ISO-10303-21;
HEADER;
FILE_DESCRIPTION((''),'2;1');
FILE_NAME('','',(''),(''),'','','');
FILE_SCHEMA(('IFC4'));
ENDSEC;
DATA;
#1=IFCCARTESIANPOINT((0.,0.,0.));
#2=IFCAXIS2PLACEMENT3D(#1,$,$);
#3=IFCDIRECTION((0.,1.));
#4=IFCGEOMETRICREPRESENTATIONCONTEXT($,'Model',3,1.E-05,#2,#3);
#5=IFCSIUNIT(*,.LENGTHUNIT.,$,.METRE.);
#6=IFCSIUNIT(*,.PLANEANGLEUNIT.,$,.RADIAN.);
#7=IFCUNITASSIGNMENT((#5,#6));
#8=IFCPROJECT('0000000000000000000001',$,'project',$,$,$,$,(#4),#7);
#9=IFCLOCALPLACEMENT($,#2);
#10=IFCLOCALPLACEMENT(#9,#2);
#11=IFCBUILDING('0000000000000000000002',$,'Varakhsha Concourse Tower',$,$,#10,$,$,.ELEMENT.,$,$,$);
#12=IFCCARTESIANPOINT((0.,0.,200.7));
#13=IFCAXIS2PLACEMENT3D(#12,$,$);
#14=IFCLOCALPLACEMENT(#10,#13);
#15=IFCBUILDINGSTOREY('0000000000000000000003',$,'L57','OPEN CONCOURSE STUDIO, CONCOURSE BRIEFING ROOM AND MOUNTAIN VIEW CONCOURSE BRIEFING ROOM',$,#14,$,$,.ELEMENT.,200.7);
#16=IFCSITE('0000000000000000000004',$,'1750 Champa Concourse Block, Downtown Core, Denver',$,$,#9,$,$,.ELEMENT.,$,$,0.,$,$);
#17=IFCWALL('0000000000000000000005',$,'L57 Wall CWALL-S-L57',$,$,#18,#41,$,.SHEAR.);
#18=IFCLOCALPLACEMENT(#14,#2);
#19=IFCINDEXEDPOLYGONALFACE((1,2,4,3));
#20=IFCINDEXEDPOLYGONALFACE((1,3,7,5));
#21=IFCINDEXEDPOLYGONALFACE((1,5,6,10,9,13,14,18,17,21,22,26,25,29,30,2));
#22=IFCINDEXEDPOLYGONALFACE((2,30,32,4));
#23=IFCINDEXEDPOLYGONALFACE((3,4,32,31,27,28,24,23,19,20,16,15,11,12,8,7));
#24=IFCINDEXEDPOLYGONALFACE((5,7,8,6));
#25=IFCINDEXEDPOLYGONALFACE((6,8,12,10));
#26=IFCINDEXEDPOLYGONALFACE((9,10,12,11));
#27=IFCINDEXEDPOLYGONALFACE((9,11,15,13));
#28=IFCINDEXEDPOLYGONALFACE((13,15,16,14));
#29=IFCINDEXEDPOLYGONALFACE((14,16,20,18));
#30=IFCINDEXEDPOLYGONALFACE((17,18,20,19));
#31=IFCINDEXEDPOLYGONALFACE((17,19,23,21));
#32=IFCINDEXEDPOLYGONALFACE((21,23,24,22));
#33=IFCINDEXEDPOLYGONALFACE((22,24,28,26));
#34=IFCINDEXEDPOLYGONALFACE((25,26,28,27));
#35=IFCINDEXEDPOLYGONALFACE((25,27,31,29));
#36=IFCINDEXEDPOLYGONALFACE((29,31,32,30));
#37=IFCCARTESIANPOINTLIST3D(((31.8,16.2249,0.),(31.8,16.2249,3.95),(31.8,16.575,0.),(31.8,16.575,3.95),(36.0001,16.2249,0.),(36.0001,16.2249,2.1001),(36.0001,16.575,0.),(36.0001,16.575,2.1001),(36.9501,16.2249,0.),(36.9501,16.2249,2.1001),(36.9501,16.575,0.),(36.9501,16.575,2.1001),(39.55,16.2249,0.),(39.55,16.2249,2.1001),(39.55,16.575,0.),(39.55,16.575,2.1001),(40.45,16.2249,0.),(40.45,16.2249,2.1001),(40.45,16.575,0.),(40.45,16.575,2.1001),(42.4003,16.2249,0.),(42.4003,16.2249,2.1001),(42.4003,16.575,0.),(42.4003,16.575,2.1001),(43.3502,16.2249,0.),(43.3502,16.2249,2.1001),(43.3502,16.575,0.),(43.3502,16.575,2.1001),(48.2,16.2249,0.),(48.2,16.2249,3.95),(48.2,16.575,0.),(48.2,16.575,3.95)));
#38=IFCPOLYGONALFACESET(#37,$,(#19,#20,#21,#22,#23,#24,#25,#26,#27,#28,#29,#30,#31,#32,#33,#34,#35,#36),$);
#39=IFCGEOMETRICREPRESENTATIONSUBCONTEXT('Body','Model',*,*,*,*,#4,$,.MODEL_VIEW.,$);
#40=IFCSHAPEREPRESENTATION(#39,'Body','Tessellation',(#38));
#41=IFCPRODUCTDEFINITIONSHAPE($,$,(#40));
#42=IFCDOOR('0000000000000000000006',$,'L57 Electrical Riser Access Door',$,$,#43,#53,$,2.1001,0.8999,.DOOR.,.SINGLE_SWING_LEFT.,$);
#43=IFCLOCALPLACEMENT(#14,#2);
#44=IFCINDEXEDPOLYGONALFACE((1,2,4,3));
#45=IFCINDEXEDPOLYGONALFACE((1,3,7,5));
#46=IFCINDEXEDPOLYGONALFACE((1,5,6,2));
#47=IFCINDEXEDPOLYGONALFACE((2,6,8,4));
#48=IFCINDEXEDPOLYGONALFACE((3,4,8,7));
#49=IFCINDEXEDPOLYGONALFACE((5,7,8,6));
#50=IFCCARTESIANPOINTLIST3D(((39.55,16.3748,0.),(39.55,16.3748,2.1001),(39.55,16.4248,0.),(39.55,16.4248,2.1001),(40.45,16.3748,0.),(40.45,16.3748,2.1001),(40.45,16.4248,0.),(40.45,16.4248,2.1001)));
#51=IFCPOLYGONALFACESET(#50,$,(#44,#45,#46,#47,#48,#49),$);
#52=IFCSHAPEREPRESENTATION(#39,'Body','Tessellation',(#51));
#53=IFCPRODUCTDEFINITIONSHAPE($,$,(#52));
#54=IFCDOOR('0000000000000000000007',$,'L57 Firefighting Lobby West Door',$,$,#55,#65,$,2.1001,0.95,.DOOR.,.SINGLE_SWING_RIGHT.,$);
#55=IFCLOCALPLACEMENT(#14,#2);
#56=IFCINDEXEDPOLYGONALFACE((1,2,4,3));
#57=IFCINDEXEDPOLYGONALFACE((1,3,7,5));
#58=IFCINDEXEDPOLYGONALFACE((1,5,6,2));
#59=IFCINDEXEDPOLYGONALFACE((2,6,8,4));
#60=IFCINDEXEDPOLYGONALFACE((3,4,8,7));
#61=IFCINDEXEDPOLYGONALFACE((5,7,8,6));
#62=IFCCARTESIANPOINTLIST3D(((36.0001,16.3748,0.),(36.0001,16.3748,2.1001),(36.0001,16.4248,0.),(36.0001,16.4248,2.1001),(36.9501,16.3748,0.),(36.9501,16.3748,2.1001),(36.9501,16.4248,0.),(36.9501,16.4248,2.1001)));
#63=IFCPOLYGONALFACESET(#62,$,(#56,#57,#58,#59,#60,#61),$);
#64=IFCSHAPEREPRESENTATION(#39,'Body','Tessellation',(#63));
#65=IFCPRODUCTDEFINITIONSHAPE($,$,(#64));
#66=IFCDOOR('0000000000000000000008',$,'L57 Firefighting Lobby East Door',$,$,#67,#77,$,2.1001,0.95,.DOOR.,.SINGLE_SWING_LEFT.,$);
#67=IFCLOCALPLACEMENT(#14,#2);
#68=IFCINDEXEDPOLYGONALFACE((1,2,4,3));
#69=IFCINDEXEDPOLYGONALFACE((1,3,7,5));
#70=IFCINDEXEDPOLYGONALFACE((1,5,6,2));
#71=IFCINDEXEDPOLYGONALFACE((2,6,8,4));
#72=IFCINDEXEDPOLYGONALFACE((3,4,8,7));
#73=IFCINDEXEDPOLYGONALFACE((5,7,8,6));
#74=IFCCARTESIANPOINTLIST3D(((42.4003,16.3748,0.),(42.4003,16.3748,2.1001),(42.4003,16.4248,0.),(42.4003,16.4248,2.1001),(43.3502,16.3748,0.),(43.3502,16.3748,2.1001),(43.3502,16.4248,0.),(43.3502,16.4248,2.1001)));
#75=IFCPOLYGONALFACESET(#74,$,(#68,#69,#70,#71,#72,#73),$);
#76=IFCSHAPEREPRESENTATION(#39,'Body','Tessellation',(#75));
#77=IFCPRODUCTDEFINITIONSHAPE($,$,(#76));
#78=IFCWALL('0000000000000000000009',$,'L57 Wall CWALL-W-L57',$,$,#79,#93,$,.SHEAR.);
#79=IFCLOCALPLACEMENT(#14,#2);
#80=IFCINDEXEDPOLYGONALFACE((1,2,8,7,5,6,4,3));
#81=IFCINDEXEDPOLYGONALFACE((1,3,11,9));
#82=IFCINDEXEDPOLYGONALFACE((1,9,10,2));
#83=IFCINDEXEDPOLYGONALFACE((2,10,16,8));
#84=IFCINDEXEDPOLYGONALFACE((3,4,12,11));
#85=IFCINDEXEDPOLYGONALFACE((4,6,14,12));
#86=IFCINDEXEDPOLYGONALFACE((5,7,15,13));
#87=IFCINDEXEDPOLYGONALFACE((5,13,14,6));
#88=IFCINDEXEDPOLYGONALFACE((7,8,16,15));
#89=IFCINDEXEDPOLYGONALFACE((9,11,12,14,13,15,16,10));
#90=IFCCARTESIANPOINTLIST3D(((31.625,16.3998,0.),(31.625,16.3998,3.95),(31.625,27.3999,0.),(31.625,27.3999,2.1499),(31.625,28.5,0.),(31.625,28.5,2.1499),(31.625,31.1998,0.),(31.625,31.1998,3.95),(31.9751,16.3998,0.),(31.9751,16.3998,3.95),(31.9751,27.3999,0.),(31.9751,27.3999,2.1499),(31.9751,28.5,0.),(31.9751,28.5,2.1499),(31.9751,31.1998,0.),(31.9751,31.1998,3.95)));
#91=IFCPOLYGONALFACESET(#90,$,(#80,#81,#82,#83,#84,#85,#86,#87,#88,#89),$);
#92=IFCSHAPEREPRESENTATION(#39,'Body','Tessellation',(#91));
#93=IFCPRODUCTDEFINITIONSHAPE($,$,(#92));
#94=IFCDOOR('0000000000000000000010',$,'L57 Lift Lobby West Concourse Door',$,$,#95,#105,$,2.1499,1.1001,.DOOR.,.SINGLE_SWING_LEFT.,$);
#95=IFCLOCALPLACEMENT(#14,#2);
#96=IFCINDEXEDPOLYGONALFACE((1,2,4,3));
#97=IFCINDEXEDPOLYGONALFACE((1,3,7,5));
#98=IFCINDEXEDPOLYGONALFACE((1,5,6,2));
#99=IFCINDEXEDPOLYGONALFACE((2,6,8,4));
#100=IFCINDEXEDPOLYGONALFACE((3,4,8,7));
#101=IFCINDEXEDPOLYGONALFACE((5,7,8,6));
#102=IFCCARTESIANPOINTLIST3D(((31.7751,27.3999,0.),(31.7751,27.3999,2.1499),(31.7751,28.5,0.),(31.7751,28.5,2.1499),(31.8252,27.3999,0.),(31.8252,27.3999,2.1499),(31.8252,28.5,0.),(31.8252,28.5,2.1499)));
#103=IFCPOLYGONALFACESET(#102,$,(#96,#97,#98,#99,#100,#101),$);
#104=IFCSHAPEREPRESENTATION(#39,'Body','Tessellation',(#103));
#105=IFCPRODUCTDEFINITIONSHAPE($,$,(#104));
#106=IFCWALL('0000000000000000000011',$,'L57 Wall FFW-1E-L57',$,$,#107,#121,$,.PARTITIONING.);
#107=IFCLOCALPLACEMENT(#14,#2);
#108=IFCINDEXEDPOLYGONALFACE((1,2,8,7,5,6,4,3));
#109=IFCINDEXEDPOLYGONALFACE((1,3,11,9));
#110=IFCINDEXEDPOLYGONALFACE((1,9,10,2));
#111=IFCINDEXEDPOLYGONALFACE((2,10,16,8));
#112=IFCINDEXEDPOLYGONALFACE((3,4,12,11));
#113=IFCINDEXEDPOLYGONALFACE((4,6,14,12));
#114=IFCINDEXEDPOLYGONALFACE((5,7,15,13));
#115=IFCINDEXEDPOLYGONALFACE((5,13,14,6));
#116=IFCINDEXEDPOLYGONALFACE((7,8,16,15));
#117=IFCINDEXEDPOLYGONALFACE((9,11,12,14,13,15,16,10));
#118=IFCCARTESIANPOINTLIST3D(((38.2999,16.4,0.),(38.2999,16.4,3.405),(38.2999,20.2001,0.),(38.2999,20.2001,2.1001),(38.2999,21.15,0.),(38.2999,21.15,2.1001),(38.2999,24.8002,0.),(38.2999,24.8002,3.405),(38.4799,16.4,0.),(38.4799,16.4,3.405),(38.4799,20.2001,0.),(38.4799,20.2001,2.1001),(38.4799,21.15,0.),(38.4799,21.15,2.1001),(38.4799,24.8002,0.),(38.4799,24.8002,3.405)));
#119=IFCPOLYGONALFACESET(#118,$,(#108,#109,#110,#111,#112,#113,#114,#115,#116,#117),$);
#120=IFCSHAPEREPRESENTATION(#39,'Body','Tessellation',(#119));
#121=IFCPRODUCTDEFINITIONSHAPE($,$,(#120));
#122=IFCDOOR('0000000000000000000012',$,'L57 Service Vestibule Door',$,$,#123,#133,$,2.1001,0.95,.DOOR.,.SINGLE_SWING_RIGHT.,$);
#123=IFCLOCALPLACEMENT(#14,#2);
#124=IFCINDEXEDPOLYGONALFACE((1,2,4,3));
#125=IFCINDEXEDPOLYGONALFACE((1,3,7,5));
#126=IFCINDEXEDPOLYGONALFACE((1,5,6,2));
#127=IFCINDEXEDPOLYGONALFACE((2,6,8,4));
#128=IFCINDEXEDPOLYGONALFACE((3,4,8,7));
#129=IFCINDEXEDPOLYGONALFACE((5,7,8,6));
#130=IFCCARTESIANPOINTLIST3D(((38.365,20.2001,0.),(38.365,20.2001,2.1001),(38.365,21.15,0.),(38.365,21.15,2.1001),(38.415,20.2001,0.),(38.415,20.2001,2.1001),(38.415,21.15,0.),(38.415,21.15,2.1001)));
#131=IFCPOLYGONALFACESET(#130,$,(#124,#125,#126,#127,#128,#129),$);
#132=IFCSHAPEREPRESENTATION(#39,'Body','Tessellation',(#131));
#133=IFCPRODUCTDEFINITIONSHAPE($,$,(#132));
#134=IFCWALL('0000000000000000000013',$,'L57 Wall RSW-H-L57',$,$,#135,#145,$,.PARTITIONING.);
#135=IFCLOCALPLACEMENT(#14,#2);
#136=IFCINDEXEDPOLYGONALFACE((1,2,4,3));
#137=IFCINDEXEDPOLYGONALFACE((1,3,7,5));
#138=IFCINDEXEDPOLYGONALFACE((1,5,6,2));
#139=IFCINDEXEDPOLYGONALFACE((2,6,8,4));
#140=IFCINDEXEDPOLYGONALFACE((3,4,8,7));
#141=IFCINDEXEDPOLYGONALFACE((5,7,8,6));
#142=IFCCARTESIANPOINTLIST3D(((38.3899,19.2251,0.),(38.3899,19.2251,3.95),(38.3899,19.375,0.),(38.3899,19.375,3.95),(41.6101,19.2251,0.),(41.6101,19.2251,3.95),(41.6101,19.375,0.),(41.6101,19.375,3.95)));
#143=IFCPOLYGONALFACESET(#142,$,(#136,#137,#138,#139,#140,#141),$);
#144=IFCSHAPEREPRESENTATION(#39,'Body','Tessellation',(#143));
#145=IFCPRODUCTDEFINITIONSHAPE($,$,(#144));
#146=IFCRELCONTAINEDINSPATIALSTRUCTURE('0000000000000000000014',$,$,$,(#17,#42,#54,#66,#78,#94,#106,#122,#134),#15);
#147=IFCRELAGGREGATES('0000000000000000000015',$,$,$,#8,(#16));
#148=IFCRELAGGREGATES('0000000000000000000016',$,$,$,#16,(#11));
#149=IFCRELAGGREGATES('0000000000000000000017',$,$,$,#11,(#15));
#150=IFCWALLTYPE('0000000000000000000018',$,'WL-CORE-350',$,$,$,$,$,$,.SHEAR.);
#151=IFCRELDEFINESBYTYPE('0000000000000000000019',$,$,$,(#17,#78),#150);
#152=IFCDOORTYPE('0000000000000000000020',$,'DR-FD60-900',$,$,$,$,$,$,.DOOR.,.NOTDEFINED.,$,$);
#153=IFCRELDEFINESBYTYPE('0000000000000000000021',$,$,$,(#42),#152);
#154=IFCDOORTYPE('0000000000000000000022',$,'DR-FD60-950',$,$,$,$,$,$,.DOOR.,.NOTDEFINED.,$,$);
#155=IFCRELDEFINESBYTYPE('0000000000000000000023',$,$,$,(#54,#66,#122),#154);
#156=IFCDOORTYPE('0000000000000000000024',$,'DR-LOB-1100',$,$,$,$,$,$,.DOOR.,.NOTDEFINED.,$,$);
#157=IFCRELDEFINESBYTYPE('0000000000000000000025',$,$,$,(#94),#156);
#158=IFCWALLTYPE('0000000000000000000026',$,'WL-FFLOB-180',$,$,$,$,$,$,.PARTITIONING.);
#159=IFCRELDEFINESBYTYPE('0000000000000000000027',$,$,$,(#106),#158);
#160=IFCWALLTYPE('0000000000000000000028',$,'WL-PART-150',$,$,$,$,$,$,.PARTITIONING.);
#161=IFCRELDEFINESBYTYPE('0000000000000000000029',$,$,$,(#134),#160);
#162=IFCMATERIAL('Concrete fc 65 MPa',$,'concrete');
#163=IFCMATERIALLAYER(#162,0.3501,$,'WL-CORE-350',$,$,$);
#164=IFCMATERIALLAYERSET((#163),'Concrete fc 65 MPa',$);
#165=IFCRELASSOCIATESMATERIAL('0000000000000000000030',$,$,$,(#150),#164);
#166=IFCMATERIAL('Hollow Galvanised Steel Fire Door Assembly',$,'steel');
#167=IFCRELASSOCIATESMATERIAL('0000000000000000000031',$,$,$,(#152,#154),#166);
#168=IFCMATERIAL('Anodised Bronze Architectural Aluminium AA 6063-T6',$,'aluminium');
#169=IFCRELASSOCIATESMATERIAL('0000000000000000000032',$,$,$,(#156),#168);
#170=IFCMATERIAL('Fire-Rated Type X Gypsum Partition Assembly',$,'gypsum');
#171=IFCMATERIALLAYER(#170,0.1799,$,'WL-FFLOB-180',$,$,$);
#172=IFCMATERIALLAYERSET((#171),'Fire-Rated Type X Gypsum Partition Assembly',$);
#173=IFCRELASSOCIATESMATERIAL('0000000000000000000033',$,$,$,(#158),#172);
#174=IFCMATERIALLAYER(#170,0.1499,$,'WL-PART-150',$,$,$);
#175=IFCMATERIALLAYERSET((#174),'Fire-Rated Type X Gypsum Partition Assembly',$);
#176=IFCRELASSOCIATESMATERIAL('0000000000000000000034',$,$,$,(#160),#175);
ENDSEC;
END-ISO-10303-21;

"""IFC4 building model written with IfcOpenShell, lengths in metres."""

from ifc_helpers import new_model, si_unit, direction, frame, frame_2d, origin, place, context, subcontext, project, spatial, rectangle, extrude, material, layer, layer_set, type_object, element, fill, save


model = new_model("IFC4")

# Units and contexts
model_context = context("Model", 3, precision=1e-05, world=origin(), true_north=direction((0.0, 1.0)))
body_context = subcontext(model_context, "Body", "Model", "MODEL_VIEW")
ifc_project = project(units=[si_unit("LENGTHUNIT", "METRE"), si_unit("PLANEANGLEUNIT", "RADIAN")], contexts=[model_context])

# Site, building, storey
site_placement = place(None, origin())
site = spatial("IfcSite", under=ifc_project, at=site_placement, Name="1750 Champa Concourse Block, Downtown Core, Denver", CompositionType="ELEMENT", RefElevation=0.0)
building_placement = place(site_placement, origin())
building = spatial("IfcBuilding", under=site, at=building_placement, Name="Varakhsha Concourse Tower", CompositionType="ELEMENT")
storey_placement = place(building_placement, frame((0.0, 0.0, 200.7)))
storey = spatial("IfcBuildingStorey", under=building, at=storey_placement, Name="L57", Description="OPEN CONCOURSE STUDIO, CONCOURSE BRIEFING ROOM AND MOUNTAIN VIEW CONCOURSE BRIEFING ROOM", CompositionType="ELEMENT", Elevation=200.7)

# Shared definitions
ifc_material_1 = material(Name="Anodised Bronze Architectural Aluminium AA 6063-T6", Category="aluminium")

# Wall, openings, doors
ifc_material_2 = material(Name="Concrete fc 65 MPa", Category="concrete")
ifc_layer_1 = layer(ifc_material_2, 0.3501, Name="WL-CORE-350")
ifc_layer_set_1 = layer_set([ifc_layer_1], Name="Concrete fc 65 MPa")
wall_type_1 = type_object("IfcWallType", Name="WL-CORE-350", PredefinedType="SHEAR", material=ifc_layer_set_1)
wall_1_placement = place(storey_placement, frame((31.8, 16.3999, 0.0), z_axis=(0.0, 0.0, 1.0), x_axis=(1.0, 0.0, 0.0)))
wall_1 = element("IfcWall", 1, at=wall_1_placement, inside=storey, type_object=wall_type_1, Name="L57 Wall CWALL-S-L57", PredefinedType="SHEAR", context=body_context, shape_type="SweptSolid", body=[
    extrude(rectangle(XDim=16.3999, YDim=0.3501, at=frame_2d((8.2, 0.0))), origin(), (0.0, 0.0, 1.0), 3.95),
])
opening_1_placement = place(wall_1_placement, frame((7.75, 0.0, 0.0)))
opening_1 = element("IfcOpeningElement", 2, at=opening_1_placement, cuts=wall_1, PredefinedType="OPENING", context=body_context, shape_type="SweptSolid", body=[
    extrude(rectangle(XDim=0.8999, YDim=2.1001, at=frame_2d((0.45, 1.05))), frame((0.0, 0.1851, 0.0), z_axis=(0.0, -1.0, 0.0), x_axis=(1.0, 0.0, 0.0)), (0.0, 0.0, 1.0), 0.3701),
])
opening_2_placement = place(wall_1_placement, frame((4.2, 0.0, 0.0)))
opening_2 = element("IfcOpeningElement", 3, at=opening_2_placement, cuts=wall_1, PredefinedType="OPENING", context=body_context, shape_type="SweptSolid", body=[
    extrude(rectangle(XDim=0.95, YDim=2.1001, at=frame_2d((0.4751, 1.05))), frame((0.0, 0.1851, 0.0), z_axis=(0.0, -1.0, 0.0), x_axis=(1.0, 0.0, 0.0)), (0.0, 0.0, 1.0), 0.3701),
])
opening_3_placement = place(wall_1_placement, frame((10.6001, 0.0, 0.0)))
opening_3 = element("IfcOpeningElement", 4, at=opening_3_placement, cuts=wall_1, PredefinedType="OPENING", context=body_context, shape_type="SweptSolid", body=[
    extrude(rectangle(XDim=0.95, YDim=2.1001, at=frame_2d((0.4751, 1.05))), frame((0.0, 0.1851, 0.0), z_axis=(0.0, -1.0, 0.0), x_axis=(1.0, 0.0, 0.0)), (0.0, 0.0, 1.0), 0.3701),
])
ifc_material_3 = material(Name="Hollow Galvanised Steel Fire Door Assembly", Category="steel")
door_type_1 = type_object("IfcDoorType", Name="DR-FD60-900", OperationType="NOTDEFINED", PredefinedType="DOOR", material=ifc_material_3)
door_1_placement = place(opening_1_placement, origin())
door_1 = element("IfcDoor", 5, at=door_1_placement, inside=storey, type_object=door_type_1, Name="L57 Electrical Riser Access Door", OperationType="SINGLE_SWING_LEFT", OverallHeight=2.1001, OverallWidth=0.8999, PredefinedType="DOOR", context=body_context, shape_type="SweptSolid", body=[
    extrude(rectangle(XDim=0.8999, YDim=2.1001, at=frame_2d((0.45, 1.05))), frame((0.0, 0.0249, 0.0), z_axis=(0.0, -1.0, 0.0), x_axis=(1.0, 0.0, 0.0)), (0.0, 0.0, 1.0), 0.05),
])
fill(opening_1, door_1)
door_type_2 = type_object("IfcDoorType", Name="DR-FD60-950", OperationType="NOTDEFINED", PredefinedType="DOOR", material=ifc_material_3)
door_2_placement = place(opening_2_placement, origin())
door_2 = element("IfcDoor", 6, at=door_2_placement, inside=storey, type_object=door_type_2, Name="L57 Firefighting Lobby West Door", OperationType="SINGLE_SWING_RIGHT", OverallHeight=2.1001, OverallWidth=0.95, PredefinedType="DOOR", context=body_context, shape_type="SweptSolid", body=[
    extrude(rectangle(XDim=0.95, YDim=2.1001, at=frame_2d((0.4751, 1.05))), frame((0.0, 0.0249, 0.0), z_axis=(0.0, -1.0, 0.0), x_axis=(1.0, 0.0, 0.0)), (0.0, 0.0, 1.0), 0.05),
])
fill(opening_2, door_2)
door_3_placement = place(opening_3_placement, origin())
door_3 = element("IfcDoor", 7, at=door_3_placement, inside=storey, type_object=door_type_2, Name="L57 Firefighting Lobby East Door", OperationType="SINGLE_SWING_LEFT", OverallHeight=2.1001, OverallWidth=0.95, PredefinedType="DOOR", context=body_context, shape_type="SweptSolid", body=[
    extrude(rectangle(XDim=0.95, YDim=2.1001, at=frame_2d((0.4751, 1.05))), frame((0.0, 0.0249, 0.0), z_axis=(0.0, -1.0, 0.0), x_axis=(1.0, 0.0, 0.0)), (0.0, 0.0, 1.0), 0.05),
])
fill(opening_3, door_3)

# Walls, openings, doors
wall_2_placement = place(storey_placement, frame((31.8, 16.3999, 0.0), z_axis=(0.0, 0.0, 1.0), x_axis=(0.0, 1.0, 0.0)))
wall_2 = element("IfcWall", 8, at=wall_2_placement, inside=storey, type_object=wall_type_1, Name="L57 Wall CWALL-W-L57", PredefinedType="SHEAR", context=body_context, shape_type="SweptSolid", body=[
    extrude(rectangle(XDim=14.8, YDim=0.3501, at=frame_2d((7.3999, 0.0))), origin(), (0.0, 0.0, 1.0), 3.95),
])
opening_4_placement = place(wall_2_placement, frame((11.0, 0.0, 0.0)))
opening_4 = element("IfcOpeningElement", 9, at=opening_4_placement, cuts=wall_2, PredefinedType="OPENING", context=body_context, shape_type="SweptSolid", body=[
    extrude(rectangle(XDim=1.1001, YDim=2.1499, at=frame_2d((0.55, 1.075))), frame((0.0, 0.1851, 0.0), z_axis=(0.0, -1.0, 0.0), x_axis=(1.0, 0.0, 0.0)), (0.0, 0.0, 1.0), 0.3701),
])
door_type_3 = type_object("IfcDoorType", Name="DR-LOB-1100", OperationType="NOTDEFINED", PredefinedType="DOOR", material=ifc_material_1)
door_4_placement = place(opening_4_placement, origin())
door_4 = element("IfcDoor", 10, at=door_4_placement, inside=storey, type_object=door_type_3, Name="L57 Lift Lobby West Concourse Door", OperationType="SINGLE_SWING_LEFT", OverallHeight=2.1499, OverallWidth=1.1001, PredefinedType="DOOR", context=body_context, shape_type="SweptSolid", body=[
    extrude(rectangle(XDim=1.1001, YDim=2.1499, at=frame_2d((0.55, 1.075))), frame((0.0, 0.0249, 0.0), z_axis=(0.0, -1.0, 0.0), x_axis=(1.0, 0.0, 0.0)), (0.0, 0.0, 1.0), 0.05),
])
fill(opening_4, door_4)
ifc_material_4 = material(Name="Fire-Rated Type X Gypsum Partition Assembly", Category="gypsum")
ifc_layer_2 = layer(ifc_material_4, 0.1799, Name="WL-FFLOB-180")
ifc_layer_set_2 = layer_set([ifc_layer_2], Name="Fire-Rated Type X Gypsum Partition Assembly")
wall_type_2 = type_object("IfcWallType", Name="WL-FFLOB-180", PredefinedType="PARTITIONING", material=ifc_layer_set_2)
wall_3_placement = place(storey_placement, frame((38.3899, 16.3999, 0.0), z_axis=(0.0, 0.0, 1.0), x_axis=(0.0, 1.0, 0.0)))
wall_3 = element("IfcWall", 11, at=wall_3_placement, inside=storey, type_object=wall_type_2, Name="L57 Wall FFW-1E-L57", PredefinedType="PARTITIONING", context=body_context, shape_type="SweptSolid", body=[
    extrude(rectangle(XDim=8.4001, YDim=0.1799, at=frame_2d((4.2002, 0.0))), origin(), (0.0, 0.0, 1.0), 3.405),
])
opening_5_placement = place(wall_3_placement, frame((3.8, 0.0, 0.0)))
opening_5 = element("IfcOpeningElement", 12, at=opening_5_placement, cuts=wall_3, PredefinedType="OPENING", context=body_context, shape_type="SweptSolid", body=[
    extrude(rectangle(XDim=0.95, YDim=2.1001, at=frame_2d((0.4751, 1.05))), frame((0.0, 0.0999, 0.0), z_axis=(0.0, -1.0, 0.0), x_axis=(1.0, 0.0, 0.0)), (0.0, 0.0, 1.0), 0.2),
])
door_5_placement = place(opening_5_placement, origin())
door_5 = element("IfcDoor", 13, at=door_5_placement, inside=storey, type_object=door_type_2, Name="L57 Service Vestibule Door", OperationType="SINGLE_SWING_RIGHT", OverallHeight=2.1001, OverallWidth=0.95, PredefinedType="DOOR", context=body_context, shape_type="SweptSolid", body=[
    extrude(rectangle(XDim=0.95, YDim=2.1001, at=frame_2d((0.4751, 1.05))), frame((0.0, 0.0249, 0.0), z_axis=(0.0, -1.0, 0.0), x_axis=(1.0, 0.0, 0.0)), (0.0, 0.0, 1.0), 0.05),
])
fill(opening_5, door_5)

# Wall
ifc_layer_3 = layer(ifc_material_4, 0.1499, Name="WL-PART-150")
ifc_layer_set_3 = layer_set([ifc_layer_3], Name="Fire-Rated Type X Gypsum Partition Assembly")
wall_type_3 = type_object("IfcWallType", Name="WL-PART-150", PredefinedType="PARTITIONING", material=ifc_layer_set_3)
wall_4_placement = place(storey_placement, frame((38.3899, 19.3, 0.0), z_axis=(0.0, 0.0, 1.0), x_axis=(1.0, 0.0, 0.0)))
element("IfcWall", 14, at=wall_4_placement, inside=storey, type_object=wall_type_3, Name="L57 Wall RSW-H-L57", PredefinedType="PARTITIONING", context=body_context, shape_type="SweptSolid", body=[
    extrude(rectangle(XDim=3.2202, YDim=0.1499, at=frame_2d((1.6101, 0.0))), origin(), (0.0, 0.0, 1.0), 3.95),
])

save(model, "model.ifc")
